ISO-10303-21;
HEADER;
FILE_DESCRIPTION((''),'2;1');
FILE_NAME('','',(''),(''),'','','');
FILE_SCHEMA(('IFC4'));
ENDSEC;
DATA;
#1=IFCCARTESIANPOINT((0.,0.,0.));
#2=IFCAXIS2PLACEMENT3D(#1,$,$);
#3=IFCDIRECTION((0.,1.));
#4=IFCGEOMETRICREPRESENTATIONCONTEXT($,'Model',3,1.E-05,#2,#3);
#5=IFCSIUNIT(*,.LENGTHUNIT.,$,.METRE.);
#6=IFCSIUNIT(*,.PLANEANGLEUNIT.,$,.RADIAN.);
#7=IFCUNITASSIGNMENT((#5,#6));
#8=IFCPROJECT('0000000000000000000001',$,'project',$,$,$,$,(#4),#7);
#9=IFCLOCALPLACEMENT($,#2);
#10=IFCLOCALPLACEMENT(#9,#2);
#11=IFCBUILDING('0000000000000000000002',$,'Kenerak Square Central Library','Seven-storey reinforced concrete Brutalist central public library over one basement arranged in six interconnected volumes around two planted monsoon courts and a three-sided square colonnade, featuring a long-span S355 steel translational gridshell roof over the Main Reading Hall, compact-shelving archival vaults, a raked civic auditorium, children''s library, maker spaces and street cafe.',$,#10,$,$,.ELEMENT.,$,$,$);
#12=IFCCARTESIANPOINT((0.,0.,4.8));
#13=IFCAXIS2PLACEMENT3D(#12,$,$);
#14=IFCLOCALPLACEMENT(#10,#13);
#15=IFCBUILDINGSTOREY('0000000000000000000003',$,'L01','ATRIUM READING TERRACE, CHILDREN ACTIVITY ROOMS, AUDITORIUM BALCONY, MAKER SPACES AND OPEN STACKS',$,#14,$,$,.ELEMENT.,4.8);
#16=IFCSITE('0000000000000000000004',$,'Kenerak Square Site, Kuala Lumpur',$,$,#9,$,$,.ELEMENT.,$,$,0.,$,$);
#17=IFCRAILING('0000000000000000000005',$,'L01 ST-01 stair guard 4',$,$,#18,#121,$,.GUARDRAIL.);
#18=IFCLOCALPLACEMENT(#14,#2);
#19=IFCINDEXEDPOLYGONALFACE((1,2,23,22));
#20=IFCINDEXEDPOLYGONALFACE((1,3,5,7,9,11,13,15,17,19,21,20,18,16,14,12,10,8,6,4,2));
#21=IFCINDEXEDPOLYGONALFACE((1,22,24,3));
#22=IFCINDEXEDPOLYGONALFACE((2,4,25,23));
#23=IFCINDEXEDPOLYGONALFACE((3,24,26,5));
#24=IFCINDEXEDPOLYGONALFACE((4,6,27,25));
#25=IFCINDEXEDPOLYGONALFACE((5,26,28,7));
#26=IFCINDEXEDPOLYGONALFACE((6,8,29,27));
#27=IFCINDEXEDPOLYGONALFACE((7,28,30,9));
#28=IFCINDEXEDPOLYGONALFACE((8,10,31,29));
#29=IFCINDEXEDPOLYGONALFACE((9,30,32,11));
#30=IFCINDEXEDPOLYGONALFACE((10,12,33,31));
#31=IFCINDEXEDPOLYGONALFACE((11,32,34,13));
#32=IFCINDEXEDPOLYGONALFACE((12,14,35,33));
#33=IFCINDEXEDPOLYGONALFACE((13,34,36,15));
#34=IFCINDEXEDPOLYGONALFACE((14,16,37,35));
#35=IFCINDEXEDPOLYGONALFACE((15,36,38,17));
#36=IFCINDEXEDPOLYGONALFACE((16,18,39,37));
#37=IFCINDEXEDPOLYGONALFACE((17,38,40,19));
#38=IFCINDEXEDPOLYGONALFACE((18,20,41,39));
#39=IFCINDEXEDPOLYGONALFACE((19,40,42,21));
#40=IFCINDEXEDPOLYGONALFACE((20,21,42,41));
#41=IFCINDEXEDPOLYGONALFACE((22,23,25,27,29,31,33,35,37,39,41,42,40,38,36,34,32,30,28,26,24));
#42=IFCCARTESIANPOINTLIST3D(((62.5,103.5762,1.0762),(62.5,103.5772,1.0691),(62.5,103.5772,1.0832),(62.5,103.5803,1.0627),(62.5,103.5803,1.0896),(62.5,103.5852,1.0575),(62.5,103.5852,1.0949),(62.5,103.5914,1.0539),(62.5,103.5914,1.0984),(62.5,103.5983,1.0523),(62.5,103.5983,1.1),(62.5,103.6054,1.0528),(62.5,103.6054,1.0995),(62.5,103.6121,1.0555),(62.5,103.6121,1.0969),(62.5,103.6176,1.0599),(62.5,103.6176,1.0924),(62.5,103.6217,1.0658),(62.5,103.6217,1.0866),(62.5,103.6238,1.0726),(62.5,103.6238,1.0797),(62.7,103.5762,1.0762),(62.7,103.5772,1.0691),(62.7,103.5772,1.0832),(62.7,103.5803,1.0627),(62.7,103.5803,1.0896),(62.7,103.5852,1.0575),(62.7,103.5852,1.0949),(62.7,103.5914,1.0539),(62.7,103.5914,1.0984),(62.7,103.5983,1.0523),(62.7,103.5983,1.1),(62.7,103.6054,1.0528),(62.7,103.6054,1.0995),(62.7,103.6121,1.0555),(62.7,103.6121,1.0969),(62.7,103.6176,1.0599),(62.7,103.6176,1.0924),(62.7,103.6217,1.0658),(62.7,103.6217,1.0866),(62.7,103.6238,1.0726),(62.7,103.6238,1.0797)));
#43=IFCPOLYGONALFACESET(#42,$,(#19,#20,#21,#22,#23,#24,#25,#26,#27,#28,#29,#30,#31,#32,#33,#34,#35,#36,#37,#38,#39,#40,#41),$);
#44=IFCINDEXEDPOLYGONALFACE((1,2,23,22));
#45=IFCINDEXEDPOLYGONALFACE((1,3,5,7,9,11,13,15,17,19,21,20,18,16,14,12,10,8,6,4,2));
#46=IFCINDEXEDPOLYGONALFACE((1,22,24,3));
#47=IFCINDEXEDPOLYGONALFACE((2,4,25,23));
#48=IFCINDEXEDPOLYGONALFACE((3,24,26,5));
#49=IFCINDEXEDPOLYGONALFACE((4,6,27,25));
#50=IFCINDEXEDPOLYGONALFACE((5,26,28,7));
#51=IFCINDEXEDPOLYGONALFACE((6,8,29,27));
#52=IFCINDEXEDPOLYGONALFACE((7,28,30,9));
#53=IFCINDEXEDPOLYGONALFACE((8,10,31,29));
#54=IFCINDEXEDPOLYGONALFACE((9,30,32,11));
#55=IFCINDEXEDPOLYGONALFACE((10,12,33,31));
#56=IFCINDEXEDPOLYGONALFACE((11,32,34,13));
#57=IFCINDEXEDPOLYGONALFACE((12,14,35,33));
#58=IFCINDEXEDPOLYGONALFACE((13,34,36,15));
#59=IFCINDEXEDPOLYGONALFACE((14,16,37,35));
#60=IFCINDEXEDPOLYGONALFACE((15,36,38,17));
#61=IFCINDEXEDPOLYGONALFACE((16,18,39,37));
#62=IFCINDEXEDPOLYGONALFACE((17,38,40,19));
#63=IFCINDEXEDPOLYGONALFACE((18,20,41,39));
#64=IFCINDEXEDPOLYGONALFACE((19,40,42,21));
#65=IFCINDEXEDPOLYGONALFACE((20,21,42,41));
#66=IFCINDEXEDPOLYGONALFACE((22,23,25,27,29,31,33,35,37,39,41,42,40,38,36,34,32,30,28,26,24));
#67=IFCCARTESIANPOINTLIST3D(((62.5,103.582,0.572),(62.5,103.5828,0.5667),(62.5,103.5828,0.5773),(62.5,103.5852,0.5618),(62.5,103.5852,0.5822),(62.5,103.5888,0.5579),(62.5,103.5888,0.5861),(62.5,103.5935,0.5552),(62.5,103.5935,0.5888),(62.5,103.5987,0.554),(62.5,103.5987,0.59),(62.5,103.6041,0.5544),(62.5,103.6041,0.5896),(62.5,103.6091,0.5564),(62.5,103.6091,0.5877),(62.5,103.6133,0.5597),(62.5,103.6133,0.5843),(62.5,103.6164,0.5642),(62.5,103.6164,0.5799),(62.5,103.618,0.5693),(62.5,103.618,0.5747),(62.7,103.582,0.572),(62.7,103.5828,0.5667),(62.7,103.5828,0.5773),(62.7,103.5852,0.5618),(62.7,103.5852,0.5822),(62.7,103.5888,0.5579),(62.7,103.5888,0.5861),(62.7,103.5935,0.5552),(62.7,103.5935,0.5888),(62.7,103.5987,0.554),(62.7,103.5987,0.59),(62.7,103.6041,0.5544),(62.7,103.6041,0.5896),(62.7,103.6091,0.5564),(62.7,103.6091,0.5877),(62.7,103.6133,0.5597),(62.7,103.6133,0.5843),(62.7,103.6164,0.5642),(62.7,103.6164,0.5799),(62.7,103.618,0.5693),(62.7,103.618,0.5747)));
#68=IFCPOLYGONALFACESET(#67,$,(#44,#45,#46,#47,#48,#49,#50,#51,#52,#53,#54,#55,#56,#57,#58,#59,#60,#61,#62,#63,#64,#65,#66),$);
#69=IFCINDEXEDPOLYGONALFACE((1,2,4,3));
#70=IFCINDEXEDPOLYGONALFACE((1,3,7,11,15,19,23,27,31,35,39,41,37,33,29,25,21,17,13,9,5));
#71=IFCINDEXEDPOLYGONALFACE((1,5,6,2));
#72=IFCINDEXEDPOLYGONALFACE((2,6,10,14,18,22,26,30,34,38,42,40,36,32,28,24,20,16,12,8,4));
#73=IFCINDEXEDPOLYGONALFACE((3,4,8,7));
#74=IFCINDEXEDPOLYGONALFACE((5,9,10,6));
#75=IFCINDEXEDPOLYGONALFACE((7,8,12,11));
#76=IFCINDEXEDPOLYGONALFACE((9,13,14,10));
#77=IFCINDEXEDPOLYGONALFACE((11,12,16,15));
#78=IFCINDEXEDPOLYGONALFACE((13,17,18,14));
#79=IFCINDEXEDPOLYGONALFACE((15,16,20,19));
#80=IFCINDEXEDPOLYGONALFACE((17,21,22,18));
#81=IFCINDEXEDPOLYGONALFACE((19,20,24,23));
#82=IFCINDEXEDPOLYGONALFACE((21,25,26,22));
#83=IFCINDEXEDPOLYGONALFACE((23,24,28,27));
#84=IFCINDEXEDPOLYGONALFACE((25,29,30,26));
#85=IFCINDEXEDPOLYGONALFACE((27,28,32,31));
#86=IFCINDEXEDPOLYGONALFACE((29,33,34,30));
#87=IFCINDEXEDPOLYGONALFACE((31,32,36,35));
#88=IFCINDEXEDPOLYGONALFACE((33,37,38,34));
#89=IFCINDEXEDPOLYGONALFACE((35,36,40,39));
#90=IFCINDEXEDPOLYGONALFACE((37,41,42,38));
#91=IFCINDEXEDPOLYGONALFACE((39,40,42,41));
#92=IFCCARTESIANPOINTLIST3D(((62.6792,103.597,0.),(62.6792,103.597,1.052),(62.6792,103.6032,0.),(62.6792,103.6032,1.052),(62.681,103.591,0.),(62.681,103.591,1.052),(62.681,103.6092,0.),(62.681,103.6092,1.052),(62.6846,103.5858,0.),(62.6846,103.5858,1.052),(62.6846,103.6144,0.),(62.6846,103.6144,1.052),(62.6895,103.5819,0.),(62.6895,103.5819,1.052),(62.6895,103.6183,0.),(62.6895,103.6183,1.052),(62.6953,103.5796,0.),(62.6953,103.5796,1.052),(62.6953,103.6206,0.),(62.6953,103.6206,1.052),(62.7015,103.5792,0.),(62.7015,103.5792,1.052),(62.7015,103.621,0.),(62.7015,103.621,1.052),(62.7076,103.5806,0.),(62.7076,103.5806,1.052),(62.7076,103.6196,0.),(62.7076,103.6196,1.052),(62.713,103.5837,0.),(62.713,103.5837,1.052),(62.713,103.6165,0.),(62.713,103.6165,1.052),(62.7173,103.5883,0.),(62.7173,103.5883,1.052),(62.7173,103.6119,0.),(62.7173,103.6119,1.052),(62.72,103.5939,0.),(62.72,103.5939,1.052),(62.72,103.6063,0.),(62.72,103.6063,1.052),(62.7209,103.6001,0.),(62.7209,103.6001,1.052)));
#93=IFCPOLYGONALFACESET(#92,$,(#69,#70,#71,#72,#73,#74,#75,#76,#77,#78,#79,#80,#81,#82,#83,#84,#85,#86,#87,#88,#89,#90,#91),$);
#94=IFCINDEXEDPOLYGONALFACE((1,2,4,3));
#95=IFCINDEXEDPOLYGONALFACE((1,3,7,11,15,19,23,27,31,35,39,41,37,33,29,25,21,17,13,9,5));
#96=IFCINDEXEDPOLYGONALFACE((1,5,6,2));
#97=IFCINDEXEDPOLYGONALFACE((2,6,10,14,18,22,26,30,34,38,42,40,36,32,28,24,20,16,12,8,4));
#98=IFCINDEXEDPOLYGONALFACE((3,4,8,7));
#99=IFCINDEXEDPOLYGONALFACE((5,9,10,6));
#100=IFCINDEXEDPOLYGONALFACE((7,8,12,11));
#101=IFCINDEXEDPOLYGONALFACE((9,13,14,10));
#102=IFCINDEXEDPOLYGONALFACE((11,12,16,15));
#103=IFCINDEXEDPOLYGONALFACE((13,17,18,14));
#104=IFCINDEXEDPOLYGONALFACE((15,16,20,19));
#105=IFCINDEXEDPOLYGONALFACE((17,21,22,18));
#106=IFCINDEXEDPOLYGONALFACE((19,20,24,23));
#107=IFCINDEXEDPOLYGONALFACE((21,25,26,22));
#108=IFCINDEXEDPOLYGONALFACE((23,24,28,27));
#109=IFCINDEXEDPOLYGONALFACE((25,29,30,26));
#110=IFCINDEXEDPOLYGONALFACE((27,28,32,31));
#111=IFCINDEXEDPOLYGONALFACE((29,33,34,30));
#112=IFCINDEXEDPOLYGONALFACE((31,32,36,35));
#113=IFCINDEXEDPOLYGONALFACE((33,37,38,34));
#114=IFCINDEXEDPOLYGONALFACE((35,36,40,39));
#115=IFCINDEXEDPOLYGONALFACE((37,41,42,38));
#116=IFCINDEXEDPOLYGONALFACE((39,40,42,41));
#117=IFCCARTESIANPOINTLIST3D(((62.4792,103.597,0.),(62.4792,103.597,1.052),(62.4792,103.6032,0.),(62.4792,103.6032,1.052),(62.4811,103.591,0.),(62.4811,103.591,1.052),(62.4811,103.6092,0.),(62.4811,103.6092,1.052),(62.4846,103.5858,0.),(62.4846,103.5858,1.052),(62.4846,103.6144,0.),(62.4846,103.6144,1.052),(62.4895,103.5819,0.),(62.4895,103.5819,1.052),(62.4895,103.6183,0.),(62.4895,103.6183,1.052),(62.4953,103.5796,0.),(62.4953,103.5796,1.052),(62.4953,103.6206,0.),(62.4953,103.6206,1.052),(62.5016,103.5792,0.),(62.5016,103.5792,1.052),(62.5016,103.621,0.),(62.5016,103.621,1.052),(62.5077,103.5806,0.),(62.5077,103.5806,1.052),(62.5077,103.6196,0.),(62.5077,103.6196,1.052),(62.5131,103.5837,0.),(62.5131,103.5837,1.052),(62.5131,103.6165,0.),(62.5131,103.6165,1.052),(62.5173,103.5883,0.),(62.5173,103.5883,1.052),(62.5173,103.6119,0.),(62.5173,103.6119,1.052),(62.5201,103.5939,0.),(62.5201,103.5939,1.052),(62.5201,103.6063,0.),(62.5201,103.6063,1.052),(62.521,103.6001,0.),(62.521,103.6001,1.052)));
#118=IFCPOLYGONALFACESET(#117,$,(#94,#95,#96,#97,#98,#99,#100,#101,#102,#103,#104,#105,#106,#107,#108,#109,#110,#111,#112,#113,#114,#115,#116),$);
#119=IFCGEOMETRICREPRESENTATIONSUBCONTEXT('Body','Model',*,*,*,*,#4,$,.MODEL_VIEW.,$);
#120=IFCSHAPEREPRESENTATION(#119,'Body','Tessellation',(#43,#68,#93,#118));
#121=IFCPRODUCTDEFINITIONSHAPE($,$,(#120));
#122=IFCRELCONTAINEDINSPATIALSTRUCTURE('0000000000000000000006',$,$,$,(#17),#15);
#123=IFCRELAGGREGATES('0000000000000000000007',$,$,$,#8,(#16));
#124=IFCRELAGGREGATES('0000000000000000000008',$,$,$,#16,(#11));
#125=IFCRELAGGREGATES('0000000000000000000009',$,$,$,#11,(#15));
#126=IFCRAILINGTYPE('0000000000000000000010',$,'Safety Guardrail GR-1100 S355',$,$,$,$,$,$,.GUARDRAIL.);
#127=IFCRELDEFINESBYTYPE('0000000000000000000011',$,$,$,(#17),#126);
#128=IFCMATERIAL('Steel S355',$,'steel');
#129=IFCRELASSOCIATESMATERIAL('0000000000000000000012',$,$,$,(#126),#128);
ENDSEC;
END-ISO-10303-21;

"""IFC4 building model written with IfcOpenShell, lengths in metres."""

from ifc_helpers import new_model, si_unit, direction, frame, origin, origin_2d, place, context, subcontext, project, spatial, circle, extrude, material, type_object, element, save


model = new_model("IFC4")

# Units and contexts
model_context = context("Model", 3, precision=1e-05, world=origin(), true_north=direction((0.0, 1.0)))
body_context = subcontext(model_context, "Body", "Model", "MODEL_VIEW")
ifc_project = project(units=[si_unit("LENGTHUNIT", "METRE"), si_unit("PLANEANGLEUNIT", "RADIAN")], contexts=[model_context])

# Site, building, storey
site_placement = place(None, origin())
site = spatial("IfcSite", under=ifc_project, at=site_placement, Name="Kenerak Square Site, Kuala Lumpur", CompositionType="ELEMENT", RefElevation=0.0)
building_placement = place(site_placement, origin())
building = spatial("IfcBuilding", under=site, at=building_placement, Name="Kenerak Square Central Library", Description="Seven-storey reinforced concrete Brutalist central public library over one basement arranged in six interconnected volumes around two planted monsoon courts and a three-sided square colonnade, featuring a long-span S355 steel translational gridshell roof over the Main Reading Hall, compact-shelving archival vaults, a raked civic auditorium, children's library, maker spaces and street cafe.", CompositionType="ELEMENT")
storey_placement = place(building_placement, frame((0.0, 0.0, 4.8)))
storey = spatial("IfcBuildingStorey", under=building, at=storey_placement, Name="L01", Description="ATRIUM READING TERRACE, CHILDREN ACTIVITY ROOMS, AUDITORIUM BALCONY, MAKER SPACES AND OPEN STACKS", CompositionType="ELEMENT", Elevation=4.8)

# Shared definitions
ifc_material_1 = material(Name="Steel S355", Category="steel")

# Railing
railing_type_1 = type_object("IfcRailingType", Name="Safety Guardrail GR-1100 S355", PredefinedType="GUARDRAIL", material=ifc_material_1)
railing_1_placement = place(storey_placement, frame((62.7, 103.6001, 0.0)))
element("IfcRailing", 1, at=railing_1_placement, inside=storey, type_object=railing_type_1, Name="L01 ST-01 stair guard 4", PredefinedType="GUARDRAIL", context=body_context, shape_type="SweptSolid", body=[
    extrude(circle(Radius=0.0239, at=origin_2d()), frame((0.0, 0.0, 1.0762), z_axis=(-1.0, 0.0, 0.0), x_axis=(0.0, -1.0, 0.0)), (0.0, 0.0, 1.0), 0.2),
    extrude(circle(Radius=0.0181, at=origin_2d()), frame((0.0, 0.0, 0.572), z_axis=(-1.0, 0.0, 0.0), x_axis=(0.0, -1.0, 0.0)), (0.0, 0.0, 1.0), 0.2),
    extrude(circle(Radius=0.021, at=origin_2d()), origin(), (0.0, 0.0, 1.0), 1.052),
    extrude(circle(Radius=0.021, at=origin_2d()), frame((-0.2, 0.0, 0.0)), (0.0, 0.0, 1.0), 1.052),
])

save(model, "model.ifc")
